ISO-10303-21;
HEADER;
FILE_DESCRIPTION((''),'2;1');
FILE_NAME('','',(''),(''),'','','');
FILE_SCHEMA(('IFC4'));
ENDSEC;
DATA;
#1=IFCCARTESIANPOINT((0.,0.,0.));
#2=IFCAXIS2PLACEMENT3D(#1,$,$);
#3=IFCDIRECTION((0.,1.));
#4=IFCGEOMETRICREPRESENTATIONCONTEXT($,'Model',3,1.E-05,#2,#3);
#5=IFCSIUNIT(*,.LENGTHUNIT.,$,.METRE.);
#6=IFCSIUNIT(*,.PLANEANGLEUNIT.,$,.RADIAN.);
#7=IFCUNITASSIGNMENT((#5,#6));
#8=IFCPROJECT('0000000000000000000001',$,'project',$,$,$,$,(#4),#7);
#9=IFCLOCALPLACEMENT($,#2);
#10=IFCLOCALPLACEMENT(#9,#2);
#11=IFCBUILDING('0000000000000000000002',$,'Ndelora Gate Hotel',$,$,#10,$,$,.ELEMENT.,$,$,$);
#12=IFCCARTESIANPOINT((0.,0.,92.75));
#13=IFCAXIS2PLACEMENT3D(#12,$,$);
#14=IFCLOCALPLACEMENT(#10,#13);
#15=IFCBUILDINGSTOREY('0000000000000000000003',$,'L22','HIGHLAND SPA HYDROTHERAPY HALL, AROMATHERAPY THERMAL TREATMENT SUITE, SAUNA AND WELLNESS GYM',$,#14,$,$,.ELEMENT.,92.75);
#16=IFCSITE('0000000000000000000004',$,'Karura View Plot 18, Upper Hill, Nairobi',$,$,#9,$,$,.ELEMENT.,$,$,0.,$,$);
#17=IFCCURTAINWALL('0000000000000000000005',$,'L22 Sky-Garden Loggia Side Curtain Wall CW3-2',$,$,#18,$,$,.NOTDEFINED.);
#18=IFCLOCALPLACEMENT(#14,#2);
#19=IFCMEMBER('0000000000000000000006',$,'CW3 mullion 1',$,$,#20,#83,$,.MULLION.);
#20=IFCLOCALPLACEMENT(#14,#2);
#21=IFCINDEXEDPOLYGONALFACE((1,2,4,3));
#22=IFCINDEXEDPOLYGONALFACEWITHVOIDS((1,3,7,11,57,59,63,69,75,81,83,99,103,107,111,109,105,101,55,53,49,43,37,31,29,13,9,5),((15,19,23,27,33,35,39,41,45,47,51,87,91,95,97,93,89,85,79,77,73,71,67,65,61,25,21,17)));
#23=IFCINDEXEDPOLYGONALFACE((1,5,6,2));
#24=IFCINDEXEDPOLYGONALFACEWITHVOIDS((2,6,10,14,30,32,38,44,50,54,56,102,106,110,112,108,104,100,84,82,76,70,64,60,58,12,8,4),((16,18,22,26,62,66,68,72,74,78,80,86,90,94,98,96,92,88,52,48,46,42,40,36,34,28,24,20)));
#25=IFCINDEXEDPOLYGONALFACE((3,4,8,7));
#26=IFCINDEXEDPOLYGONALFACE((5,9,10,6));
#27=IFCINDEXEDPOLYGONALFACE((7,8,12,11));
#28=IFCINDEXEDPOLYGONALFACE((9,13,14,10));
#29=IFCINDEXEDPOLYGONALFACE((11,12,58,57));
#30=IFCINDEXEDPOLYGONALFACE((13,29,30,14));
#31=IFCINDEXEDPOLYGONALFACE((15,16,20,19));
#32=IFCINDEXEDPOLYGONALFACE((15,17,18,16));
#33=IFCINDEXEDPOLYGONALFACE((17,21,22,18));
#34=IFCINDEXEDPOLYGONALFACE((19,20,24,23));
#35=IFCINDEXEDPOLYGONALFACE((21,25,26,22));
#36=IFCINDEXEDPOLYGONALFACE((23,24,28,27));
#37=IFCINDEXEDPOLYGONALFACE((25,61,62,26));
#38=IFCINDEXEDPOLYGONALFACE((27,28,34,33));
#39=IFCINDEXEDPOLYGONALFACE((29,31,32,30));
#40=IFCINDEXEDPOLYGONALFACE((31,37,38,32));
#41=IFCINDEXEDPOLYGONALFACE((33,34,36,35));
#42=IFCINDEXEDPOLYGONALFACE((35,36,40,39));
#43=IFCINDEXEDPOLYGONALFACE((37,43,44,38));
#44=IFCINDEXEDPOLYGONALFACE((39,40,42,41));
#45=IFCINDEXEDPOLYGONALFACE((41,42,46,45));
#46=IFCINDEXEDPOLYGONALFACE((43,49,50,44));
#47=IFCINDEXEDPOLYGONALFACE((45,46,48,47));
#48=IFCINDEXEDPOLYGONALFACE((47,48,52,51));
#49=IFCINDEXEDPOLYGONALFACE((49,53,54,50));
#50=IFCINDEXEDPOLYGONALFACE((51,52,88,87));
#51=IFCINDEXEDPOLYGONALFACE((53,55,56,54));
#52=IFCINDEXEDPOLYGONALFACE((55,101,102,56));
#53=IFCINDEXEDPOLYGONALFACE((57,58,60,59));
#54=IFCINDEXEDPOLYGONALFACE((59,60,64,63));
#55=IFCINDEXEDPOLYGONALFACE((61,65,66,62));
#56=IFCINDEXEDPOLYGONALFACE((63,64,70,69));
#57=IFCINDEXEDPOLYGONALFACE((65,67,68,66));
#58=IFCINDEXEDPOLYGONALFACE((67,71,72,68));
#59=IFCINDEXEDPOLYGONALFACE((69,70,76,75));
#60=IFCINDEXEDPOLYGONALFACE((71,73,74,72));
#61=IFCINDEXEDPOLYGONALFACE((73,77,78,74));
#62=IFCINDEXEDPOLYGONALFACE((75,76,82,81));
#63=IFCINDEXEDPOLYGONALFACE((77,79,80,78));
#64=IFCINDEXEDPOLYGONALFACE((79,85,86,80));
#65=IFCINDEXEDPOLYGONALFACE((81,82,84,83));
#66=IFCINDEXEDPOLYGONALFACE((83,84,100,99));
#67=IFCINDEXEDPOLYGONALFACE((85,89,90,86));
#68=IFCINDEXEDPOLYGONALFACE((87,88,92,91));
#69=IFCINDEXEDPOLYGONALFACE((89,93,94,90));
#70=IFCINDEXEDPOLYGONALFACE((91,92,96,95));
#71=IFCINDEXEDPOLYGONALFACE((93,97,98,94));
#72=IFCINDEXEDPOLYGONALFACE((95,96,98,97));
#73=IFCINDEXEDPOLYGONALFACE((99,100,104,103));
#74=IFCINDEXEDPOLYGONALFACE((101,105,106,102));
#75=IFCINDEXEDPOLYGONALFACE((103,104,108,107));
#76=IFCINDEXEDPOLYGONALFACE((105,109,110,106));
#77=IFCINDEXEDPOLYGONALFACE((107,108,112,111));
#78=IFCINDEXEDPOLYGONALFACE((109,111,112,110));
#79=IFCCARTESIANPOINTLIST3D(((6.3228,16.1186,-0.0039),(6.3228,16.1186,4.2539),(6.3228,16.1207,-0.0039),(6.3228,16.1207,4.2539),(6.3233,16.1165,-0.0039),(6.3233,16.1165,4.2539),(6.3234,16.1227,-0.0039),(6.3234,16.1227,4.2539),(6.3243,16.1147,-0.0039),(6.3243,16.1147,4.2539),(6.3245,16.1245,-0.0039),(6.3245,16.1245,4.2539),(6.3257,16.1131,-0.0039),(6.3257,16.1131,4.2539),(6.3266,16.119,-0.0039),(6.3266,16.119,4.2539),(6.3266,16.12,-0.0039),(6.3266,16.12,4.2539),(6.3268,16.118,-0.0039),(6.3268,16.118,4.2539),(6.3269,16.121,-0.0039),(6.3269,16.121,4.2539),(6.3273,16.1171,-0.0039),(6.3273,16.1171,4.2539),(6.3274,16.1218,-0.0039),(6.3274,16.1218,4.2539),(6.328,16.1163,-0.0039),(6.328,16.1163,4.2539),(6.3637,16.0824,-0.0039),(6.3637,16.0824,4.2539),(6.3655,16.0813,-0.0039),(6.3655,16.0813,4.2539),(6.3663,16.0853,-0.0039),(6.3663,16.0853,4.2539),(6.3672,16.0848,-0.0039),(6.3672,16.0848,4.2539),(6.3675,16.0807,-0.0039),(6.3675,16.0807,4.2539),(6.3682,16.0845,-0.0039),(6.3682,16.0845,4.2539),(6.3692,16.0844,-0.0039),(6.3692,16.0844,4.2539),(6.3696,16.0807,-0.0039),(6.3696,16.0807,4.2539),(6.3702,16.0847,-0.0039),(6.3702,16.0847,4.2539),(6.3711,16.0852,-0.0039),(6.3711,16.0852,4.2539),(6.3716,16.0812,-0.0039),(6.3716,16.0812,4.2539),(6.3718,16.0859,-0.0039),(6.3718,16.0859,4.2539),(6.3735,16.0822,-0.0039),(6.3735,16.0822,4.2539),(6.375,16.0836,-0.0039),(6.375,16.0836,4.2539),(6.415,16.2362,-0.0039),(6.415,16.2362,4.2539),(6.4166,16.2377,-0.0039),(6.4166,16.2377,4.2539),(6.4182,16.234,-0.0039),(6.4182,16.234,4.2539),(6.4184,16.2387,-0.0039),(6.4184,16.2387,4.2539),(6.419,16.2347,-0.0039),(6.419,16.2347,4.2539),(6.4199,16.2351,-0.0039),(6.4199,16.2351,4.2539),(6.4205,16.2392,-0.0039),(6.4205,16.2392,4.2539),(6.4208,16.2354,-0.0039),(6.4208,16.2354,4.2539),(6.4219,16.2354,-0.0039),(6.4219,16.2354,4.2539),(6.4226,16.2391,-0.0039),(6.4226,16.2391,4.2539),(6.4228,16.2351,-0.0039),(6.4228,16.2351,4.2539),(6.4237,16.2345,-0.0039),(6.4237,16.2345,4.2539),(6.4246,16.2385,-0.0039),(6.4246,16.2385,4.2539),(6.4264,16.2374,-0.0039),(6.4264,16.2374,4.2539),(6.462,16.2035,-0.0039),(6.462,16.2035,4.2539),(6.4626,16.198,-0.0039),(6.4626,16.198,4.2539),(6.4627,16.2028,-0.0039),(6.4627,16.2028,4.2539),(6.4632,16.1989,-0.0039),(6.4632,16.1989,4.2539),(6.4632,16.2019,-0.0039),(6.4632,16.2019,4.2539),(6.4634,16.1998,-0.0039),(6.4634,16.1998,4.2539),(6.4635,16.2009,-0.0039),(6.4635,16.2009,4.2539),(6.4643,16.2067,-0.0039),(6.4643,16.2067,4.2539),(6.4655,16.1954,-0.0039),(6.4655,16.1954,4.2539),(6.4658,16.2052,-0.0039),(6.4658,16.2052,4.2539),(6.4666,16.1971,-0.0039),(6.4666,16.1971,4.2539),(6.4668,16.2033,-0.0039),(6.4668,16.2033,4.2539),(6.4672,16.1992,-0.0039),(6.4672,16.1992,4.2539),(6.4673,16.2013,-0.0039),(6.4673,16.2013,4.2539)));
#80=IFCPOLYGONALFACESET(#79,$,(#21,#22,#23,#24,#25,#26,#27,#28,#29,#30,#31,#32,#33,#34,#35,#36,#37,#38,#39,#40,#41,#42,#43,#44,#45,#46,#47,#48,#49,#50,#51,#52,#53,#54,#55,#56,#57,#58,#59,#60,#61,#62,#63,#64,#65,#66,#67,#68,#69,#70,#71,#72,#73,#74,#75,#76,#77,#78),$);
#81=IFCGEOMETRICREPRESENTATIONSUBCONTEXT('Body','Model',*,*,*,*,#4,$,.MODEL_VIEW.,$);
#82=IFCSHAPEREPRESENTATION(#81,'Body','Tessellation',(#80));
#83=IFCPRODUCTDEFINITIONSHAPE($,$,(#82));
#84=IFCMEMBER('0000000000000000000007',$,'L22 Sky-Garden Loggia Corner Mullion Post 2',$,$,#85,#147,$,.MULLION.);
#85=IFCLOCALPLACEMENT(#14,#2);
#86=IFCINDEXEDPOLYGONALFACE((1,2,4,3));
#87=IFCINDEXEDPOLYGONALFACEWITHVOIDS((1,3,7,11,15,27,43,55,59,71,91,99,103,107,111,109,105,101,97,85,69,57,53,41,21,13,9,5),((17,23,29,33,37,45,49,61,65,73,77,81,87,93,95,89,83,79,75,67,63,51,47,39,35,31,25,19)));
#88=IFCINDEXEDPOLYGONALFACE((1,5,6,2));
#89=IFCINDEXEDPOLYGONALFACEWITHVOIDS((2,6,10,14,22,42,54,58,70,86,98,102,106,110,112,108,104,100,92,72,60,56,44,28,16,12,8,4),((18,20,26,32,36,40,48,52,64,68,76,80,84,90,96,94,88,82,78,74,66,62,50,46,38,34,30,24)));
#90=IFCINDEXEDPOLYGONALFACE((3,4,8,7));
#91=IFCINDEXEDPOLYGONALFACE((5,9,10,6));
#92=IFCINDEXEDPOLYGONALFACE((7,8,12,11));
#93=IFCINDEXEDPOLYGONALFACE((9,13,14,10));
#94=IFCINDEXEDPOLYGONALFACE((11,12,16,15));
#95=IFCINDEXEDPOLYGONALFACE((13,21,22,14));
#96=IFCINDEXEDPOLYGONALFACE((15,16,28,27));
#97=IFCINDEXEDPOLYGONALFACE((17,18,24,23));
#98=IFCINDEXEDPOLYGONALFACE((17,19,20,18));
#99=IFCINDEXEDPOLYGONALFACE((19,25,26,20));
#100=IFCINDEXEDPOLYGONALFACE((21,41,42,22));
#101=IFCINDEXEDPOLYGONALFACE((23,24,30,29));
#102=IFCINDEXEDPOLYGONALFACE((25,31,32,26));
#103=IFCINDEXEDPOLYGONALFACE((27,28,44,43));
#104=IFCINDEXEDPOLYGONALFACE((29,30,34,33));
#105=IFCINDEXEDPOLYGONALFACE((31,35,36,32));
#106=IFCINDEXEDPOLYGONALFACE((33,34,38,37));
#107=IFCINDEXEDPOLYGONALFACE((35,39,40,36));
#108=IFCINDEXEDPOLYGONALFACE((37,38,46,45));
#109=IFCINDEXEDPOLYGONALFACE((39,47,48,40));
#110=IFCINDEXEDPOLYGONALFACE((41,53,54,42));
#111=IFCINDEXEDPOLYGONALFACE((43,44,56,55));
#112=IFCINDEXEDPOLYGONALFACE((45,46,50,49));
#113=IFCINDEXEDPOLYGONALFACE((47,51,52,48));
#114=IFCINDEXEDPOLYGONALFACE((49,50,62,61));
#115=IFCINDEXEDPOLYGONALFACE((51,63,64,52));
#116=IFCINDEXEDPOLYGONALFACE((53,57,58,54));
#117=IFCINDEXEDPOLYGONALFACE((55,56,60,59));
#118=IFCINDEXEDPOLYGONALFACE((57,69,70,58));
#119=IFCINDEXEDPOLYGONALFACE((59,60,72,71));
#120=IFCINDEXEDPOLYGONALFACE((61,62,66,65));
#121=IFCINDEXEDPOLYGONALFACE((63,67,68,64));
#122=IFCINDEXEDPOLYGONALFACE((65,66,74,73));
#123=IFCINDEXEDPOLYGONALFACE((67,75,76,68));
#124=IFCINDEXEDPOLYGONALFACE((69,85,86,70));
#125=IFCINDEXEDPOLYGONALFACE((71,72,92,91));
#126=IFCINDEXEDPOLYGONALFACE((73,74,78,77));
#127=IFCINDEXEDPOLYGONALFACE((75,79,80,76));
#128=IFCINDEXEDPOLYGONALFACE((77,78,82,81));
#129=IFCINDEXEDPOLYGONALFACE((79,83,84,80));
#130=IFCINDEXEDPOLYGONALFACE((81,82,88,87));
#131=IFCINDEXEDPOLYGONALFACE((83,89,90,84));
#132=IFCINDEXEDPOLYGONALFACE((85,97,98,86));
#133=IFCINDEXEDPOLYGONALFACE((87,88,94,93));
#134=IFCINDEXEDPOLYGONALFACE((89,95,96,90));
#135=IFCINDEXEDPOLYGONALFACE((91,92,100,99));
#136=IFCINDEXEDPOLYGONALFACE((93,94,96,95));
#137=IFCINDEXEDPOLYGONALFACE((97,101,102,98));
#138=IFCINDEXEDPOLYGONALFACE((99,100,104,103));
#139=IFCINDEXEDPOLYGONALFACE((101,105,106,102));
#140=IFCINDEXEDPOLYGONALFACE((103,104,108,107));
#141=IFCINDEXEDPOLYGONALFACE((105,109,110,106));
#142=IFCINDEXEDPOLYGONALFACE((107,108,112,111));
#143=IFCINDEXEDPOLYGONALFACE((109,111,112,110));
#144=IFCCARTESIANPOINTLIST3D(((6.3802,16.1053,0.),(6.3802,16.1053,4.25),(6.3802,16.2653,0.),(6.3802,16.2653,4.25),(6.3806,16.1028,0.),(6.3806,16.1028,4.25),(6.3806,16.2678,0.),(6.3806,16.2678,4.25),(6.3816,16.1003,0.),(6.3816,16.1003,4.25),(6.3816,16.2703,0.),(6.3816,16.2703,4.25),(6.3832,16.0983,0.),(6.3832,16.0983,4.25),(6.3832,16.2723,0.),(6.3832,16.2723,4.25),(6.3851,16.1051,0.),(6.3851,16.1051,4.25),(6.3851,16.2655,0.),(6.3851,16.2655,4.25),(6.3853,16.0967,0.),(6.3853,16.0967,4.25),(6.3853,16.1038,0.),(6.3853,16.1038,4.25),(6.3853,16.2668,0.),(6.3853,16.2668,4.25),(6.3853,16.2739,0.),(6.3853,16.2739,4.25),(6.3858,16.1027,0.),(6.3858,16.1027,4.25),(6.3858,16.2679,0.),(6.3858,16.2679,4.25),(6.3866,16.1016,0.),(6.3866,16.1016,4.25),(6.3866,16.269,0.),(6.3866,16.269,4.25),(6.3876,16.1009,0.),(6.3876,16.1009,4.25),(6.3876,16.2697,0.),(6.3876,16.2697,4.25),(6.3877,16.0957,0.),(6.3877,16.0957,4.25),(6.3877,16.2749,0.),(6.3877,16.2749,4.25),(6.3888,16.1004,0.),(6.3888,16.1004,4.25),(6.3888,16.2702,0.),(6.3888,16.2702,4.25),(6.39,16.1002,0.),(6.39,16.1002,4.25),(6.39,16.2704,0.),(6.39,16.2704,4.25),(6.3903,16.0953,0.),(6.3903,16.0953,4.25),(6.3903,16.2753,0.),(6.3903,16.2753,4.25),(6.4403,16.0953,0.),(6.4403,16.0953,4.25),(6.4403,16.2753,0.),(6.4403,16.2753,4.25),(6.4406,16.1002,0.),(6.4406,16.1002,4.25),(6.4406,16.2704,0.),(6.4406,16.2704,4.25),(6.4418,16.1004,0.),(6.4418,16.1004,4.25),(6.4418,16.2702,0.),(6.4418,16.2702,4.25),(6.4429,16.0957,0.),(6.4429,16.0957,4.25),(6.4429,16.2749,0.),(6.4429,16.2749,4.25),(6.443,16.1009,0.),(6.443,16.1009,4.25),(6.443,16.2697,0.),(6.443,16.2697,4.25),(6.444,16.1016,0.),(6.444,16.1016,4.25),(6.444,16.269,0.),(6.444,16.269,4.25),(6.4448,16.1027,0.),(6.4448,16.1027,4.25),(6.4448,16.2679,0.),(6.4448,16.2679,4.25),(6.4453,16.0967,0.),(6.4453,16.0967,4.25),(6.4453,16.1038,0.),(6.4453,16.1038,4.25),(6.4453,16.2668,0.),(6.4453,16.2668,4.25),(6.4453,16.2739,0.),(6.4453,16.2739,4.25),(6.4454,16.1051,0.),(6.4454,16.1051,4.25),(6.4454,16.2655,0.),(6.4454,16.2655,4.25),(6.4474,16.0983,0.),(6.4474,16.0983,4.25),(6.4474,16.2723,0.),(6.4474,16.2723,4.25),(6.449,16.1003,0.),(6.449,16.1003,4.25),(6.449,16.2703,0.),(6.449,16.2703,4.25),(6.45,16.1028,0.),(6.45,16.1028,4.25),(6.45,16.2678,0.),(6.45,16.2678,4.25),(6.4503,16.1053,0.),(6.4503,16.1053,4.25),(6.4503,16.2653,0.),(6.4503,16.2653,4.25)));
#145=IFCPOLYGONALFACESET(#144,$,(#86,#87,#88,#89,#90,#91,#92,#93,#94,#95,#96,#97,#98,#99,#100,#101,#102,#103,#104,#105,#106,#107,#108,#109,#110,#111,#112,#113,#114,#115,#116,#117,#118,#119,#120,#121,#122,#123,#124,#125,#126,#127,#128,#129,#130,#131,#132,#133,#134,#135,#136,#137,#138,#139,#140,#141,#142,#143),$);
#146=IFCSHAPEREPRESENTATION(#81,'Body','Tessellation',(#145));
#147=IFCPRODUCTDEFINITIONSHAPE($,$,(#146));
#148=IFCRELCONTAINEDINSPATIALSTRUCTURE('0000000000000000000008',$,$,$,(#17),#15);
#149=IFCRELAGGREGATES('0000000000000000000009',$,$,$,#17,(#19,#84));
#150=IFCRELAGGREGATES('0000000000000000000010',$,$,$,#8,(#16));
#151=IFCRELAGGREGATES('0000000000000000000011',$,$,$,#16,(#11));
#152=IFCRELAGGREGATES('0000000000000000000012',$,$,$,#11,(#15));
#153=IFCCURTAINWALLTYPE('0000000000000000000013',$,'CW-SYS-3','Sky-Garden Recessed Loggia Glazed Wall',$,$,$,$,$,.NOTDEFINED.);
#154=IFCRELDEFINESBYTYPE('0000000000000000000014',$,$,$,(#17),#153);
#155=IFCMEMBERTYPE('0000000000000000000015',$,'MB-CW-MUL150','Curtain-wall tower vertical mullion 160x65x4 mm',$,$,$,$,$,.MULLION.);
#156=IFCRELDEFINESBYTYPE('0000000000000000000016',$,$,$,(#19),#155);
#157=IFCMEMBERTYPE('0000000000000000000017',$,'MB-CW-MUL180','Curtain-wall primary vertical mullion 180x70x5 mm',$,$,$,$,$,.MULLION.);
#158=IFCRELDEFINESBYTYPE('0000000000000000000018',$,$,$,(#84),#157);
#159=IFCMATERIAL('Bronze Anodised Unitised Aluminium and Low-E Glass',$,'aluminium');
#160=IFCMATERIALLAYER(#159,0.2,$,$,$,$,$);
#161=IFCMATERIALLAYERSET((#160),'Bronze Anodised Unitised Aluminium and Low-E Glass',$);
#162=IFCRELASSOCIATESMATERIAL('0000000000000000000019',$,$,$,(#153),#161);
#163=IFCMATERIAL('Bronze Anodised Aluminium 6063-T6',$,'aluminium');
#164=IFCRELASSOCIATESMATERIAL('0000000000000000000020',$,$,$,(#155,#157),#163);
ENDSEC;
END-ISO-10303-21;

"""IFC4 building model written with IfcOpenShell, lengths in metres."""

from ifc_helpers import new_model, si_unit, direction, frame, origin, origin_2d, place, context, subcontext, project, spatial, hollow_rectangle, extrude, material, layer, layer_set, material_profile, profile_set, type_object, element, aggregate, save


model = new_model("IFC4")

# Units and contexts
model_context = context("Model", 3, precision=1e-05, world=origin(), true_north=direction((0.0, 1.0)))
body_context = subcontext(model_context, "Body", "Model", "MODEL_VIEW")
ifc_project = project(units=[si_unit("LENGTHUNIT", "METRE"), si_unit("PLANEANGLEUNIT", "RADIAN")], contexts=[model_context])

# Site, building, storey
site_placement = place(None, origin())
site = spatial("IfcSite", under=ifc_project, at=site_placement, Name="Karura View Plot 18, Upper Hill, Nairobi", CompositionType="ELEMENT", RefElevation=0.0)
building_placement = place(site_placement, origin())
building = spatial("IfcBuilding", under=site, at=building_placement, Name="Ndelora Gate Hotel", CompositionType="ELEMENT")
storey_placement = place(building_placement, frame((0.0, 0.0, 92.75)))
storey = spatial("IfcBuildingStorey", under=building, at=storey_placement, Name="L22", Description="HIGHLAND SPA HYDROTHERAPY HALL, AROMATHERAPY THERMAL TREATMENT SUITE, SAUNA AND WELLNESS GYM", CompositionType="ELEMENT", Elevation=92.75)

# Curtain wall, members
ifc_material_1 = material(Name="Bronze Anodised Unitised Aluminium and Low-E Glass", Category="aluminium")
ifc_layer_1 = layer(ifc_material_1, 0.2)
ifc_layer_set_1 = layer_set([ifc_layer_1], Name="Bronze Anodised Unitised Aluminium and Low-E Glass")
curtain_wall_type = type_object("IfcCurtainWallType", Name="CW-SYS-3", Description="Sky-Garden Recessed Loggia Glazed Wall", PredefinedType="NOTDEFINED", material=ifc_layer_set_1)
curtain_wall_placement = place(storey_placement, origin())
curtain_wall = element("IfcCurtainWall", 1, at=curtain_wall_placement, inside=storey, type_object=curtain_wall_type, Name="L22 Sky-Garden Loggia Side Curtain Wall CW3-2", PredefinedType="NOTDEFINED")
ifc_material_2 = material(Name="Bronze Anodised Aluminium 6063-T6", Category="aluminium")
ifc_material_profile_1 = material_profile(ifc_material_2, hollow_rectangle(XDim=0.0649, YDim=0.1599, WallThickness=0.0039, InnerFilletRadius=0.0039, OuterFilletRadius=0.0081, at=origin_2d()), Name="ALU 160x65x4")
ifc_profile_set_1 = profile_set([ifc_material_profile_1], Name="Bronze Anodised Aluminium 6063-T6")
member_type_1 = type_object("IfcMemberType", Name="MB-CW-MUL150", Description="Curtain-wall tower vertical mullion 160x65x4 mm", PredefinedType="MULLION", material=ifc_profile_set_1)
member_1_placement = place(storey_placement, frame((6.395, 16.1599, -0.0039), z_axis=(0.0, 0.0, 1.0), x_axis=(0.777143, -0.629324, 0.0)))
member_1 = element("IfcMember", 2, at=member_1_placement, type_object=member_type_1, Name="CW3 mullion 1", PredefinedType="MULLION", context=body_context, shape_type="SweptSolid", body=[
    extrude(hollow_rectangle(XDim=0.0649, YDim=0.1599, WallThickness=0.0039, InnerFilletRadius=0.0039, OuterFilletRadius=0.0081, at=origin_2d()), origin(), (0.0, 0.0, 1.0), 4.2578),
])
ifc_material_profile_2 = material_profile(ifc_material_2, hollow_rectangle(XDim=0.0701, YDim=0.1799, WallThickness=0.0049, InnerFilletRadius=0.0049, OuterFilletRadius=0.01, at=origin_2d()), Name="ALU 180x70x5")
ifc_profile_set_2 = profile_set([ifc_material_profile_2], Name="Bronze Anodised Aluminium 6063-T6")
member_type_2 = type_object("IfcMemberType", Name="MB-CW-MUL180", Description="Curtain-wall primary vertical mullion 180x70x5 mm", PredefinedType="MULLION", material=ifc_profile_set_2)
member_2_placement = place(storey_placement, frame((6.4153, 16.1853, 0.0), z_axis=(0.0, 0.0, 1.0), x_axis=(1.0, 0.0, 0.0)))
member_2 = element("IfcMember", 3, at=member_2_placement, type_object=member_type_2, Name="L22 Sky-Garden Loggia Corner Mullion Post 2", PredefinedType="MULLION", context=body_context, shape_type="SweptSolid", body=[
    extrude(hollow_rectangle(XDim=0.0701, YDim=0.1799, WallThickness=0.0049, InnerFilletRadius=0.0049, OuterFilletRadius=0.01, at=origin_2d()), origin(), (0.0, 0.0, 1.0), 4.25),
])
aggregate(curtain_wall, [member_1, member_2])

save(model, "model.ifc")
